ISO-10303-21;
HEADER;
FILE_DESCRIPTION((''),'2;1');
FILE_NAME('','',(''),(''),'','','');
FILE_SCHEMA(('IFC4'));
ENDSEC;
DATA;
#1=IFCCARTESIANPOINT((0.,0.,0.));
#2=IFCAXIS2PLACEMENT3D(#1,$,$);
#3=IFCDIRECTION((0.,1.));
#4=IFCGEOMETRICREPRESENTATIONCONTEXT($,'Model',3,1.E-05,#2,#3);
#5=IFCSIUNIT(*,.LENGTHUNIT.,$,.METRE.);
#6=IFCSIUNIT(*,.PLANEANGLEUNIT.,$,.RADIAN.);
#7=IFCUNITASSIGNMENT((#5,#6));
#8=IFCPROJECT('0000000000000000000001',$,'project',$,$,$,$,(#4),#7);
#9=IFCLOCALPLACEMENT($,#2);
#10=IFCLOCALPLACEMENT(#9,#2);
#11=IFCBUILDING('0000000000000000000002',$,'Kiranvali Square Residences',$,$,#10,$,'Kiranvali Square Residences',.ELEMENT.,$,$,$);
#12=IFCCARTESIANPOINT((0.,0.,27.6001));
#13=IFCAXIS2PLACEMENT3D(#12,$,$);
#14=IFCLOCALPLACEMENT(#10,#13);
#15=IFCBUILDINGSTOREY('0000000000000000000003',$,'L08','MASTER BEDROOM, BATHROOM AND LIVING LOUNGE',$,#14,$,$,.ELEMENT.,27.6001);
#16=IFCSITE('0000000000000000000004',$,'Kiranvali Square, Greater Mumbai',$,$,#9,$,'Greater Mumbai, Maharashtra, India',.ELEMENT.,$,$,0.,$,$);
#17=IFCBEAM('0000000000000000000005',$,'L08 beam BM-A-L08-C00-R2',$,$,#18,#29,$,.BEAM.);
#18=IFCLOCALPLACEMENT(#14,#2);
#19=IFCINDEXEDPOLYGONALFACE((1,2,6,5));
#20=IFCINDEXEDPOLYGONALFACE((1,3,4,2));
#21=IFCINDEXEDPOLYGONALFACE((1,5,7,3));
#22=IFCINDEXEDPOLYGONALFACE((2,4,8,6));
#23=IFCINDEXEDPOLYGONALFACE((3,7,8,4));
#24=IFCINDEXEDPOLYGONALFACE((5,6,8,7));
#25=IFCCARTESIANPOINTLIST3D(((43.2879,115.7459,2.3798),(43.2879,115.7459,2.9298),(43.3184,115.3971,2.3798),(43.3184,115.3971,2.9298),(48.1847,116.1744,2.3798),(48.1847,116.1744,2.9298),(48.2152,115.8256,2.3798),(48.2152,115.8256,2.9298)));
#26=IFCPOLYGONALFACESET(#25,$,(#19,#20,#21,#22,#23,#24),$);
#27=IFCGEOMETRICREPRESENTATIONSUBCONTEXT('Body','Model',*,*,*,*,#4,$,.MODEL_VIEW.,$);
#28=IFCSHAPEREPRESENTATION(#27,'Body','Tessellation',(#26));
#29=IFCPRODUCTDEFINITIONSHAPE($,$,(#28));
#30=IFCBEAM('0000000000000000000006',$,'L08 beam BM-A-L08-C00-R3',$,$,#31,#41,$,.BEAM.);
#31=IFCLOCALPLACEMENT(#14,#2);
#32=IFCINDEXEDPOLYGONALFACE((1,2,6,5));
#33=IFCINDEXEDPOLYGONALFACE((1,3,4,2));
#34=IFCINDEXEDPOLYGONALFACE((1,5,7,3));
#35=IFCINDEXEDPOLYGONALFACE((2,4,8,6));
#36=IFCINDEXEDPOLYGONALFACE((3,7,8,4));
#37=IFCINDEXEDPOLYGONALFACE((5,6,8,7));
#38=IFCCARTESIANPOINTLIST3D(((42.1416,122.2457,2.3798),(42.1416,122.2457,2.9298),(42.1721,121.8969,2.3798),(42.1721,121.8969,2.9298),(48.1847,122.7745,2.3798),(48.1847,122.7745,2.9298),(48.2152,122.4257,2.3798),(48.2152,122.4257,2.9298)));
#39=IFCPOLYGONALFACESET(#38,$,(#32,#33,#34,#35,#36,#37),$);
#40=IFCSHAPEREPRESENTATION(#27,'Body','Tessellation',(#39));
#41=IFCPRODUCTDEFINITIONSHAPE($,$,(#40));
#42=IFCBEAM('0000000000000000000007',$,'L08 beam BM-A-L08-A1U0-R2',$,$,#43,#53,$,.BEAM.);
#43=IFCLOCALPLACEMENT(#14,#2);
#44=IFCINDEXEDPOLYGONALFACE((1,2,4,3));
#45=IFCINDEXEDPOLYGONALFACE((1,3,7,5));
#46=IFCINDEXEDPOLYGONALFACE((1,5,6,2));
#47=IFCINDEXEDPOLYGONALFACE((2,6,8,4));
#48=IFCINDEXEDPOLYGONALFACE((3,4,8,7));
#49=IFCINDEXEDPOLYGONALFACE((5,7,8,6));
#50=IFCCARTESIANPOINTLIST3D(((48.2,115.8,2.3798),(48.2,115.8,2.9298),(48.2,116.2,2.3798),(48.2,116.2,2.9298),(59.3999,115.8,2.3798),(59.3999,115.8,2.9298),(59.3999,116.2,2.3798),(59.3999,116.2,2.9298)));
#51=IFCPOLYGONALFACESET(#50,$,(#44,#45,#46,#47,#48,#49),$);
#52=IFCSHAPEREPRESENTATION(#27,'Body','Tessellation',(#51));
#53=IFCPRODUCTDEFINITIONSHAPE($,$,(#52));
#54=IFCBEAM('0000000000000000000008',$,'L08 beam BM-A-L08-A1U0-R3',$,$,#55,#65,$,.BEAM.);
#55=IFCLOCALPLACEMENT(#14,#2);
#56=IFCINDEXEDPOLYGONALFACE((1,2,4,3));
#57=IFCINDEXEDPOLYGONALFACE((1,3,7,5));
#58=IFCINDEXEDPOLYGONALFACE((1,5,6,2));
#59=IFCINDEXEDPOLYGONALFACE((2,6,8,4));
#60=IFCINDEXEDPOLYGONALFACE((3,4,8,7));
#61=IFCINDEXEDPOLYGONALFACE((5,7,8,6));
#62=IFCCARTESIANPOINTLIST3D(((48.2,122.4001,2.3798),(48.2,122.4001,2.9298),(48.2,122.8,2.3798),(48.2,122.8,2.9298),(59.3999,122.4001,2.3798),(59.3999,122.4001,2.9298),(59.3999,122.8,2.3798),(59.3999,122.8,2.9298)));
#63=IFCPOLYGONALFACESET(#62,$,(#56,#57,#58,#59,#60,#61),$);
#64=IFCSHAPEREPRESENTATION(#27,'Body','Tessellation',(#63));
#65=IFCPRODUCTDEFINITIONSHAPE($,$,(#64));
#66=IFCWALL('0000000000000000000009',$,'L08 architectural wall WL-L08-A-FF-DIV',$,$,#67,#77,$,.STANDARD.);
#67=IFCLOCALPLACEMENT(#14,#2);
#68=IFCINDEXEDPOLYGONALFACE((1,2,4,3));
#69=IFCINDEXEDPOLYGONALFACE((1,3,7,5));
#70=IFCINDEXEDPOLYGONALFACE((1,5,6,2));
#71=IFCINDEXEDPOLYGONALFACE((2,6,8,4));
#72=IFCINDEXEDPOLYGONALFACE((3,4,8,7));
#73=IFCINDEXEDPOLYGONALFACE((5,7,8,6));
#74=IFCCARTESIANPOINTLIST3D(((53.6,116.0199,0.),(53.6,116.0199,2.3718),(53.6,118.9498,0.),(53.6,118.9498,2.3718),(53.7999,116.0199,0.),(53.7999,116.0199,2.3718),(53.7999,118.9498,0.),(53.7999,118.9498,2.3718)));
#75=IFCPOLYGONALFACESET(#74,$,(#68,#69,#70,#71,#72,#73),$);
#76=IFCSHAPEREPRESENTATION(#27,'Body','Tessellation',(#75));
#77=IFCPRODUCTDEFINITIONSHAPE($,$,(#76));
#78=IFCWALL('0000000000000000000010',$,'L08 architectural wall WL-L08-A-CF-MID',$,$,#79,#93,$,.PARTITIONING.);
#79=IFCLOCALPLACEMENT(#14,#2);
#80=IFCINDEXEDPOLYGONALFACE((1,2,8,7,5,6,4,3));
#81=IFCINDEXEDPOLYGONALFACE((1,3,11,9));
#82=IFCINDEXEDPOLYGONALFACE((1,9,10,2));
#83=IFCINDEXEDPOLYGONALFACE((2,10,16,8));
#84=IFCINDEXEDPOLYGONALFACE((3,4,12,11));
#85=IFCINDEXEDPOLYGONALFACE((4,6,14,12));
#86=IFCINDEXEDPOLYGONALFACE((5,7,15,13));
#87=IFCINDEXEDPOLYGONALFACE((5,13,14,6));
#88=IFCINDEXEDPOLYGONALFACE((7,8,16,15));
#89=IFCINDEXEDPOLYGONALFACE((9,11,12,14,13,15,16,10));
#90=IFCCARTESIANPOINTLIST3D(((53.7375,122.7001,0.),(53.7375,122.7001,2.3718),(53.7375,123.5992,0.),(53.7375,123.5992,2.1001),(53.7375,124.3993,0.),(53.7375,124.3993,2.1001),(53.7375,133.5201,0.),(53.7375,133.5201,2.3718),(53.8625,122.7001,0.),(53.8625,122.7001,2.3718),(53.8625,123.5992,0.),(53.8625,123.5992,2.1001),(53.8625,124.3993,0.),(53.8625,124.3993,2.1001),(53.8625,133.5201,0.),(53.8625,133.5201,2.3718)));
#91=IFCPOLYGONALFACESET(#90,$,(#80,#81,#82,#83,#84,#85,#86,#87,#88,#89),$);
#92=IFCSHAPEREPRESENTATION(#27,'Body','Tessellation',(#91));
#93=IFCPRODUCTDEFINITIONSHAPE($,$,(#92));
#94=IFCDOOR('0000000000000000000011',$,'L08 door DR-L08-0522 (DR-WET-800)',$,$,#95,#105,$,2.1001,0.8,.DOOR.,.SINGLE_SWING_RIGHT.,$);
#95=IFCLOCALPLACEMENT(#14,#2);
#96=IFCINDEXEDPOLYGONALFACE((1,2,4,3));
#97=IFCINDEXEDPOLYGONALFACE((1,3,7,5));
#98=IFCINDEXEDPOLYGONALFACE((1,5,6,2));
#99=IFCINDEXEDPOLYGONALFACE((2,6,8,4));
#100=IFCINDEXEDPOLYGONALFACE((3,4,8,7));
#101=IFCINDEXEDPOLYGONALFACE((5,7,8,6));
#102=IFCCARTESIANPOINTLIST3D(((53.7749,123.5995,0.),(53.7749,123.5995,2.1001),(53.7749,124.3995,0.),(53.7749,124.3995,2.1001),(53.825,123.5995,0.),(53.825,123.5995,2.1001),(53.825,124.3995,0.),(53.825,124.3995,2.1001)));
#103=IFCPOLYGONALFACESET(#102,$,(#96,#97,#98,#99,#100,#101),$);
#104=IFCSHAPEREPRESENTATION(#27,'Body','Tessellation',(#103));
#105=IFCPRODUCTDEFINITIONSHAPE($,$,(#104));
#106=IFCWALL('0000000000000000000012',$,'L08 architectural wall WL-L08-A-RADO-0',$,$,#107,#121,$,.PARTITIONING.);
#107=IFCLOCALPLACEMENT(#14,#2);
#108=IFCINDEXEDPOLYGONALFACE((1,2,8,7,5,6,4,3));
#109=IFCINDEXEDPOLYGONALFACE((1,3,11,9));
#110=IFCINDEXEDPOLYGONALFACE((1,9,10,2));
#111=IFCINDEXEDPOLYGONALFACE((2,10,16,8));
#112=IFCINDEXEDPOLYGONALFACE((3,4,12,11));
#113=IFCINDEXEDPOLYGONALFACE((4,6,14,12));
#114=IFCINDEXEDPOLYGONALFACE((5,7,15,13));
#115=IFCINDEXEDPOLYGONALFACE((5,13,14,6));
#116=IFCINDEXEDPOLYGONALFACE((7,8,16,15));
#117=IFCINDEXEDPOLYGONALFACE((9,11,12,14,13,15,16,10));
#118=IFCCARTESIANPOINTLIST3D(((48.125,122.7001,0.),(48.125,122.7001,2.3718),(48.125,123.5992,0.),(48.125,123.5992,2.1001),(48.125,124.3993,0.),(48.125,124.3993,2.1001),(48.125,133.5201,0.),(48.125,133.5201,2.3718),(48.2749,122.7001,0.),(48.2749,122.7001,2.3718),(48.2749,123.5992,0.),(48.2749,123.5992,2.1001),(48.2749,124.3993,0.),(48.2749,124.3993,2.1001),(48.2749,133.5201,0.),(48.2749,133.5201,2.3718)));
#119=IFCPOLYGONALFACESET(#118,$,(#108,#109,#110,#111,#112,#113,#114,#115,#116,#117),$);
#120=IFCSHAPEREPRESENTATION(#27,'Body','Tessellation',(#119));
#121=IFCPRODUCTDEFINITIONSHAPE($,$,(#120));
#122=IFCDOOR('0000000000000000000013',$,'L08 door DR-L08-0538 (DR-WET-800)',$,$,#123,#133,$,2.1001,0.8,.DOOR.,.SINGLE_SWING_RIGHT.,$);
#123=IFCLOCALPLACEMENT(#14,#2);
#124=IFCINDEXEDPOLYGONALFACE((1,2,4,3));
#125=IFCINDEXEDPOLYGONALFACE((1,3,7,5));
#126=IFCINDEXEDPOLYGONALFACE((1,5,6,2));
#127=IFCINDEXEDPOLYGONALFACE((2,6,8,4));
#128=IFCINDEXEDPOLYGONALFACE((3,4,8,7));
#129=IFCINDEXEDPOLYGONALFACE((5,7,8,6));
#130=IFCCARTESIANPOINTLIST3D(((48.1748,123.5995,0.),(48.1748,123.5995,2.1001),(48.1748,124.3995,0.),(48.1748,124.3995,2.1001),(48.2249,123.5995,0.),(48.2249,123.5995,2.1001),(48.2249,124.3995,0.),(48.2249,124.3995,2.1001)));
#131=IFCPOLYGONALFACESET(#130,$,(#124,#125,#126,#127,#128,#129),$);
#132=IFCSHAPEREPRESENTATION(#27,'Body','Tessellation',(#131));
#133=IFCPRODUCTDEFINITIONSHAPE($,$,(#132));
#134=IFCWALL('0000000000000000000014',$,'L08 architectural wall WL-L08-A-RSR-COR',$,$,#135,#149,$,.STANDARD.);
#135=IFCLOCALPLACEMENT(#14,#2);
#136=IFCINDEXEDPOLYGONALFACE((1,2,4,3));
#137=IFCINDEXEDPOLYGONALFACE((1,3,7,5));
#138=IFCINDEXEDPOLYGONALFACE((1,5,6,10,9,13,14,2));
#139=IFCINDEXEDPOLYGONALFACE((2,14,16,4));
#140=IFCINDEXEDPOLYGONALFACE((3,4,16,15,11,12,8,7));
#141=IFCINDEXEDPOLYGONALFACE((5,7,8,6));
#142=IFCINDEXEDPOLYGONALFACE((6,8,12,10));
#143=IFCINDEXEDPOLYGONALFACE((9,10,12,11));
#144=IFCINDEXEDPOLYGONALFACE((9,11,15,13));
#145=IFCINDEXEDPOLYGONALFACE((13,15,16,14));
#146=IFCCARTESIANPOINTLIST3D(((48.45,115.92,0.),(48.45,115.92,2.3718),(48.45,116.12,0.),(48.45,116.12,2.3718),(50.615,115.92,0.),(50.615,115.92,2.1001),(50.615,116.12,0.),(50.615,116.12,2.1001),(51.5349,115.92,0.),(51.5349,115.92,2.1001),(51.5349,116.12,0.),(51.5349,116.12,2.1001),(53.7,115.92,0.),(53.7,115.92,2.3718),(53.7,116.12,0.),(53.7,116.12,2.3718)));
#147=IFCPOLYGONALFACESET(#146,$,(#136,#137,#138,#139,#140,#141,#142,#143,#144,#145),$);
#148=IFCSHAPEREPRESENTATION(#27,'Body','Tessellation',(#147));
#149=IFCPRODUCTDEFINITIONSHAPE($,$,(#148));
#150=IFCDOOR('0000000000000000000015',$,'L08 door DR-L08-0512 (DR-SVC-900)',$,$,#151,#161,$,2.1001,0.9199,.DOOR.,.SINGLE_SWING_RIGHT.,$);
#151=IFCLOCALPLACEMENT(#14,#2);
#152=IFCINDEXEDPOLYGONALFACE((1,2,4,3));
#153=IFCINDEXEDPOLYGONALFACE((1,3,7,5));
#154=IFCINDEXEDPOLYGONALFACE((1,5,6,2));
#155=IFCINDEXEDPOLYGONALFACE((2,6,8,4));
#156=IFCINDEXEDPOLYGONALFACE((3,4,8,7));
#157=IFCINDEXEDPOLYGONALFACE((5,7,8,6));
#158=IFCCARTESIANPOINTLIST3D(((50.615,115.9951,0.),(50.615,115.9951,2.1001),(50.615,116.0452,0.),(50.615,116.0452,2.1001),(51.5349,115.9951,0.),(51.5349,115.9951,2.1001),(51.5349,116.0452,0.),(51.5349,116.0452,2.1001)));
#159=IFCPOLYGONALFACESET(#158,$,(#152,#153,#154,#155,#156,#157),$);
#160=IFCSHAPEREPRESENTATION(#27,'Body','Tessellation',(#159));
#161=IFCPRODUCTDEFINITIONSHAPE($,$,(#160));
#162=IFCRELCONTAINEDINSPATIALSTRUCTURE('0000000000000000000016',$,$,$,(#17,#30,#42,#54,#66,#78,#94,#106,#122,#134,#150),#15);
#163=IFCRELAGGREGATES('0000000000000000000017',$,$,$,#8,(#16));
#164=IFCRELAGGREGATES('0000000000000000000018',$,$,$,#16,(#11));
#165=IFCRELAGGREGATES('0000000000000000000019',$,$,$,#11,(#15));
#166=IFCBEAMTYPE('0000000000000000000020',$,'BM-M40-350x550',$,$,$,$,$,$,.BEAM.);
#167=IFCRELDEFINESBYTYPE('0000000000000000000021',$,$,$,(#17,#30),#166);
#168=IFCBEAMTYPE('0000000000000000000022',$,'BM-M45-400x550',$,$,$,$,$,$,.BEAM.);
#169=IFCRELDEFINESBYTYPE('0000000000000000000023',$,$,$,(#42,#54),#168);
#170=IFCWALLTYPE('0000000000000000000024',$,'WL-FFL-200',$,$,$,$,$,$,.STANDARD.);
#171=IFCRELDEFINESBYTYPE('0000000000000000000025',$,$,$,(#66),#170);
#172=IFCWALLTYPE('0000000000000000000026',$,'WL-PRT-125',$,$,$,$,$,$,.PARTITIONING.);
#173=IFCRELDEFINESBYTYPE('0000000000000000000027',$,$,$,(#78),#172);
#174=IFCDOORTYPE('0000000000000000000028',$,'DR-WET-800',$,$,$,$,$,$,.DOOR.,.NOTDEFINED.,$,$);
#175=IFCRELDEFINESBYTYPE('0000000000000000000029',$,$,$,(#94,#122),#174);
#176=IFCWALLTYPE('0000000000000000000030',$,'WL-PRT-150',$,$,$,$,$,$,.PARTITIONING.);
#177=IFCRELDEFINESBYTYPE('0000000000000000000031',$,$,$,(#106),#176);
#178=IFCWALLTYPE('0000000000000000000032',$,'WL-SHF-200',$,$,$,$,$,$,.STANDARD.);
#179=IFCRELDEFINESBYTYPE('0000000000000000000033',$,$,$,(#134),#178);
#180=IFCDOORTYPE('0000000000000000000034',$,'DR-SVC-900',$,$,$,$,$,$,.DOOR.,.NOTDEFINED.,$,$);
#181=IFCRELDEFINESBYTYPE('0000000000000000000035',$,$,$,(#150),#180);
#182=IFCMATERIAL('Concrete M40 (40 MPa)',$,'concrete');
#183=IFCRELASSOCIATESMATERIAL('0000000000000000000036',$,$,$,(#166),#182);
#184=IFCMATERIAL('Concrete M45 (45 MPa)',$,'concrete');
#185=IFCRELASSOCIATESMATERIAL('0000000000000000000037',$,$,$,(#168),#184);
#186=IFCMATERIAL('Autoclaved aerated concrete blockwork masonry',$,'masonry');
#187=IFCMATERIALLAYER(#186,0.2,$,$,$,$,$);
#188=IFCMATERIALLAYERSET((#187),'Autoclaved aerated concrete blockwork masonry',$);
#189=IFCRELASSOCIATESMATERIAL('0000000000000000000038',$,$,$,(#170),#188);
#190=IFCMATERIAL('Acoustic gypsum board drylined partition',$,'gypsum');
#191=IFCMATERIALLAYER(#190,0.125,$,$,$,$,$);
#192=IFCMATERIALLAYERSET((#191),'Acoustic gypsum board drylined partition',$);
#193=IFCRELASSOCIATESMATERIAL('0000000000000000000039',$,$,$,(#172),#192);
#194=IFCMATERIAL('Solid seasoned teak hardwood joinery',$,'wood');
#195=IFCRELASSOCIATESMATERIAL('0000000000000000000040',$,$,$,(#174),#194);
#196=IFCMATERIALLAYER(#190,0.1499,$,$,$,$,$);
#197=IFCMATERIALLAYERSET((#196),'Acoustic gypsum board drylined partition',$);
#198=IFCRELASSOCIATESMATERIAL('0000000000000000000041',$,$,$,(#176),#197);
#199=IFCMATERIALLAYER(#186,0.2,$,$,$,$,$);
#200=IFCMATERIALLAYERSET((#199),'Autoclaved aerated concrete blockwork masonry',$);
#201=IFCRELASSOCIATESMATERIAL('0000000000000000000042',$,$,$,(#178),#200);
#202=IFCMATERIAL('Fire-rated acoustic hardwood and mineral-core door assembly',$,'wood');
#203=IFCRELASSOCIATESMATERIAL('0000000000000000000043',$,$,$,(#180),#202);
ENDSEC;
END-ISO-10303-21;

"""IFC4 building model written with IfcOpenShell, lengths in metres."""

from ifc_helpers import new_model, si_unit, direction, frame, frame_2d, origin, origin_2d, place, context, subcontext, project, spatial, rectangle, extrude, material, layer, layer_set, material_profile, profile_set, type_object, element, fill, save


model = new_model("IFC4")

# Units and contexts
model_context = context("Model", 3, precision=1e-05, world=origin(), true_north=direction((0.0, 1.0)))
body_context = subcontext(model_context, "Body", "Model", "MODEL_VIEW")
ifc_project = project(units=[si_unit("LENGTHUNIT", "METRE"), si_unit("PLANEANGLEUNIT", "RADIAN")], contexts=[model_context])

# Site, building, storey
site_placement = place(None, origin())
site = spatial("IfcSite", under=ifc_project, at=site_placement, Name="Kiranvali Square, Greater Mumbai", LongName="Greater Mumbai, Maharashtra, India", CompositionType="ELEMENT", RefElevation=0.0)
building_placement = place(site_placement, origin())
building = spatial("IfcBuilding", under=site, at=building_placement, Name="Kiranvali Square Residences", LongName="Kiranvali Square Residences", CompositionType="ELEMENT")
storey_placement = place(building_placement, frame((0.0, 0.0, 27.6001)))
storey = spatial("IfcBuildingStorey", under=building, at=storey_placement, Name="L08", Description="MASTER BEDROOM, BATHROOM AND LIVING LOUNGE", CompositionType="ELEMENT", Elevation=27.6001)

# Beams
ifc_material_1 = material(Name="Concrete M40 (40 MPa)", Category="concrete")
ifc_material_profile_1 = material_profile(ifc_material_1, rectangle(XDim=0.3501, YDim=0.55, at=origin_2d()), Name="RC 350x550")
ifc_profile_set_1 = profile_set([ifc_material_profile_1], Name="Concrete M40 (40 MPa)")
beam_type_1 = type_object("IfcBeamType", Name="BM-M40-350x550", PredefinedType="BEAM", material=ifc_profile_set_1)
beam_1_placement = place(storey_placement, frame((48.2, 116.0, 2.6548), z_axis=(-0.996194, -0.087168, 0.0), x_axis=(0.087168, -0.996194, 0.0)))
element("IfcBeam", 1, at=beam_1_placement, inside=storey, type_object=beam_type_1, Name="L08 beam BM-A-L08-C00-R2", PredefinedType="BEAM", context=body_context, shape_type="SweptSolid", body=[
    extrude(rectangle(XDim=0.3501, YDim=0.55, at=origin_2d()), origin(), (0.0, 0.0, 1.0), 4.9155),
])
beam_2_placement = place(storey_placement, frame((48.2, 122.6001, 2.6548), z_axis=(-0.996193, -0.087175, 0.0), x_axis=(0.087175, -0.996193, 0.0)))
element("IfcBeam", 2, at=beam_2_placement, inside=storey, type_object=beam_type_1, Name="L08 beam BM-A-L08-C00-R3", PredefinedType="BEAM", context=body_context, shape_type="SweptSolid", body=[
    extrude(rectangle(XDim=0.3501, YDim=0.55, at=origin_2d()), origin(), (0.0, 0.0, 1.0), 6.0662),
])
ifc_material_2 = material(Name="Concrete M45 (45 MPa)", Category="concrete")
ifc_material_profile_2 = material_profile(ifc_material_2, rectangle(XDim=0.3999, YDim=0.55, at=origin_2d()), Name="RC 400x550")
ifc_profile_set_2 = profile_set([ifc_material_profile_2], Name="Concrete M45 (45 MPa)")
beam_type_2 = type_object("IfcBeamType", Name="BM-M45-400x550", PredefinedType="BEAM", material=ifc_profile_set_2)
for number, where, z_axis, x_axis, name in (
    (3, (48.2, 116.0, 2.6548), (1.0, 0.0, 0.0), (0.0, 1.0, 0.0), "L08 beam BM-A-L08-A1U0-R2"),
    (4, (48.2, 122.6001, 2.6548), (1.0, 0.0, 0.0), (0.0, 1.0, 0.0), "L08 beam BM-A-L08-A1U0-R3"),
):
    element("IfcBeam", number, at=place(storey_placement, frame(where, z_axis=z_axis, x_axis=x_axis)), inside=storey, type_object=beam_type_2, Name=name, PredefinedType="BEAM", context=body_context, shape_type="SweptSolid", body=[
        extrude(rectangle(XDim=0.3999, YDim=0.55, at=origin_2d()), origin(), (0.0, 0.0, 1.0), 11.2),
    ])

# Shared definitions
ifc_material_3 = material(Name="Autoclaved aerated concrete blockwork masonry", Category="masonry")
ifc_material_4 = material(Name="Fire-rated acoustic hardwood and mineral-core door assembly", Category="wood")
ifc_layer_1 = layer(ifc_material_3, 0.2)
ifc_layer_set_1 = layer_set([ifc_layer_1], Name="Autoclaved aerated concrete blockwork masonry")
wall_type_1 = type_object("IfcWallType", Name="WL-FFL-200", PredefinedType="STANDARD", material=ifc_layer_set_1)

# Wall
wall_1_placement = place(storey_placement, frame((53.7, 116.02, 0.0), z_axis=(0.0, 0.0, 1.0), x_axis=(0.0, 1.0, 0.0)))
element("IfcWall", 5, at=wall_1_placement, inside=storey, type_object=wall_type_1, Name="L08 architectural wall WL-L08-A-FF-DIV", PredefinedType="STANDARD", context=body_context, shape_type="SweptSolid", body=[
    extrude(rectangle(XDim=2.9299, YDim=0.2, at=frame_2d((1.4648, 0.0))), origin(), (0.0, 0.0, 1.0), 2.3718),
])

# Walls, openings, doors
ifc_material_5 = material(Name="Acoustic gypsum board drylined partition", Category="gypsum")
ifc_layer_2 = layer(ifc_material_5, 0.125)
ifc_layer_set_2 = layer_set([ifc_layer_2], Name="Acoustic gypsum board drylined partition")
wall_type_2 = type_object("IfcWallType", Name="WL-PRT-125", PredefinedType="PARTITIONING", material=ifc_layer_set_2)
wall_2_placement = place(storey_placement, frame((53.8, 122.7, 0.0), z_axis=(0.0, 0.0, 1.0), x_axis=(0.0, 1.0, 0.0)))
wall_2 = element("IfcWall", 6, at=wall_2_placement, inside=storey, type_object=wall_type_2, Name="L08 architectural wall WL-L08-A-CF-MID", PredefinedType="PARTITIONING", context=body_context, shape_type="SweptSolid", body=[
    extrude(rectangle(XDim=10.8201, YDim=0.125, at=frame_2d((5.4102, 0.0))), origin(), (0.0, 0.0, 1.0), 2.3718),
])
opening_1_placement = place(wall_2_placement, frame((0.8994, 0.0, 0.0)))
opening_1 = element("IfcOpeningElement", 7, at=opening_1_placement, cuts=wall_2, PredefinedType="OPENING", context=body_context, shape_type="SweptSolid", body=[
    extrude(rectangle(XDim=0.8, YDim=2.1001, at=frame_2d((0.3999, 1.05))), frame((0.0, 0.0725, 0.0), z_axis=(0.0, -1.0, 0.0), x_axis=(1.0, 0.0, 0.0)), (0.0, 0.0, 1.0), 0.145),
])
ifc_material_6 = material(Name="Solid seasoned teak hardwood joinery", Category="wood")
door_type_1 = type_object("IfcDoorType", Name="DR-WET-800", OperationType="NOTDEFINED", PredefinedType="DOOR", material=ifc_material_6)
door_1_placement = place(opening_1_placement, frame((0.8, 0.0, 0.0), z_axis=(0.0, 0.0, 1.0), x_axis=(-1.0, 0.0, 0.0)))
door_1 = element("IfcDoor", 8, at=door_1_placement, inside=storey, type_object=door_type_1, Name="L08 door DR-L08-0522 (DR-WET-800)", OperationType="SINGLE_SWING_RIGHT", OverallHeight=2.1001, OverallWidth=0.8, PredefinedType="DOOR", context=body_context, shape_type="SweptSolid", body=[
    extrude(rectangle(XDim=0.8, YDim=2.1001, at=frame_2d((0.3999, 1.05))), frame((0.0, 0.0249, 0.0), z_axis=(0.0, -1.0, 0.0), x_axis=(1.0, 0.0, 0.0)), (0.0, 0.0, 1.0), 0.05),
])
fill(opening_1, door_1)
ifc_layer_3 = layer(ifc_material_5, 0.1499)
ifc_layer_set_3 = layer_set([ifc_layer_3], Name="Acoustic gypsum board drylined partition")
wall_type_3 = type_object("IfcWallType", Name="WL-PRT-150", PredefinedType="PARTITIONING", material=ifc_layer_set_3)
wall_3_placement = place(storey_placement, frame((48.2, 122.7, 0.0), z_axis=(0.0, 0.0, 1.0), x_axis=(0.0, 1.0, 0.0)))
wall_3 = element("IfcWall", 9, at=wall_3_placement, inside=storey, type_object=wall_type_3, Name="L08 architectural wall WL-L08-A-RADO-0", PredefinedType="PARTITIONING", context=body_context, shape_type="SweptSolid", body=[
    extrude(rectangle(XDim=10.8201, YDim=0.1499, at=frame_2d((5.4102, 0.0))), origin(), (0.0, 0.0, 1.0), 2.3718),
])
opening_2_placement = place(wall_3_placement, frame((0.8994, 0.0, 0.0)))
opening_2 = element("IfcOpeningElement", 10, at=opening_2_placement, cuts=wall_3, PredefinedType="OPENING", context=body_context, shape_type="SweptSolid", body=[
    extrude(rectangle(XDim=0.8, YDim=2.1001, at=frame_2d((0.3999, 1.05))), frame((0.0, 0.085, 0.0), z_axis=(0.0, -1.0, 0.0), x_axis=(1.0, 0.0, 0.0)), (0.0, 0.0, 1.0), 0.1699),
])
door_2_placement = place(opening_2_placement, frame((0.8, 0.0, 0.0), z_axis=(0.0, 0.0, 1.0), x_axis=(-1.0, 0.0, 0.0)))
door_2 = element("IfcDoor", 11, at=door_2_placement, inside=storey, type_object=door_type_1, Name="L08 door DR-L08-0538 (DR-WET-800)", OperationType="SINGLE_SWING_RIGHT", OverallHeight=2.1001, OverallWidth=0.8, PredefinedType="DOOR", context=body_context, shape_type="SweptSolid", body=[
    extrude(rectangle(XDim=0.8, YDim=2.1001, at=frame_2d((0.3999, 1.05))), frame((0.0, 0.0249, 0.0), z_axis=(0.0, -1.0, 0.0), x_axis=(1.0, 0.0, 0.0)), (0.0, 0.0, 1.0), 0.05),
])
fill(opening_2, door_2)
ifc_layer_4 = layer(ifc_material_3, 0.2)
ifc_layer_set_4 = layer_set([ifc_layer_4], Name="Autoclaved aerated concrete blockwork masonry")
wall_type_4 = type_object("IfcWallType", Name="WL-SHF-200", PredefinedType="STANDARD", material=ifc_layer_set_4)
wall_4_placement = place(storey_placement, frame((48.45, 116.02, 0.0), z_axis=(0.0, 0.0, 1.0), x_axis=(1.0, 0.0, 0.0)))
wall_4 = element("IfcWall", 12, at=wall_4_placement, inside=storey, type_object=wall_type_4, Name="L08 architectural wall WL-L08-A-RSR-COR", PredefinedType="STANDARD", context=body_context, shape_type="SweptSolid", body=[
    extrude(rectangle(XDim=5.25, YDim=0.2, at=frame_2d((2.625, 0.0))), origin(), (0.0, 0.0, 1.0), 2.3718),
])
opening_3_placement = place(wall_4_placement, frame((2.165, 0.0, 0.0)))
opening_3 = element("IfcOpeningElement", 13, at=opening_3_placement, cuts=wall_4, PredefinedType="OPENING", context=body_context, shape_type="SweptSolid", body=[
    extrude(rectangle(XDim=0.9199, YDim=2.1001, at=frame_2d((0.46, 1.05))), frame((0.0, 0.1099, 0.0), z_axis=(0.0, -1.0, 0.0), x_axis=(1.0, 0.0, 0.0)), (0.0, 0.0, 1.0), 0.22),
])
door_type_2 = type_object("IfcDoorType", Name="DR-SVC-900", OperationType="NOTDEFINED", PredefinedType="DOOR", material=ifc_material_4)
door_3_placement = place(opening_3_placement, frame((0.9199, 0.0, 0.0), z_axis=(0.0, 0.0, 1.0), x_axis=(-1.0, 0.0, 0.0)))
door_3 = element("IfcDoor", 14, at=door_3_placement, inside=storey, type_object=door_type_2, Name="L08 door DR-L08-0512 (DR-SVC-900)", OperationType="SINGLE_SWING_RIGHT", OverallHeight=2.1001, OverallWidth=0.9199, PredefinedType="DOOR", context=body_context, shape_type="SweptSolid", body=[
    extrude(rectangle(XDim=0.9199, YDim=2.1001, at=frame_2d((0.46, 1.05))), frame((0.0, 0.0249, 0.0), z_axis=(0.0, -1.0, 0.0), x_axis=(1.0, 0.0, 0.0)), (0.0, 0.0, 1.0), 0.05),
])
fill(opening_3, door_3)

save(model, "model.ifc")
